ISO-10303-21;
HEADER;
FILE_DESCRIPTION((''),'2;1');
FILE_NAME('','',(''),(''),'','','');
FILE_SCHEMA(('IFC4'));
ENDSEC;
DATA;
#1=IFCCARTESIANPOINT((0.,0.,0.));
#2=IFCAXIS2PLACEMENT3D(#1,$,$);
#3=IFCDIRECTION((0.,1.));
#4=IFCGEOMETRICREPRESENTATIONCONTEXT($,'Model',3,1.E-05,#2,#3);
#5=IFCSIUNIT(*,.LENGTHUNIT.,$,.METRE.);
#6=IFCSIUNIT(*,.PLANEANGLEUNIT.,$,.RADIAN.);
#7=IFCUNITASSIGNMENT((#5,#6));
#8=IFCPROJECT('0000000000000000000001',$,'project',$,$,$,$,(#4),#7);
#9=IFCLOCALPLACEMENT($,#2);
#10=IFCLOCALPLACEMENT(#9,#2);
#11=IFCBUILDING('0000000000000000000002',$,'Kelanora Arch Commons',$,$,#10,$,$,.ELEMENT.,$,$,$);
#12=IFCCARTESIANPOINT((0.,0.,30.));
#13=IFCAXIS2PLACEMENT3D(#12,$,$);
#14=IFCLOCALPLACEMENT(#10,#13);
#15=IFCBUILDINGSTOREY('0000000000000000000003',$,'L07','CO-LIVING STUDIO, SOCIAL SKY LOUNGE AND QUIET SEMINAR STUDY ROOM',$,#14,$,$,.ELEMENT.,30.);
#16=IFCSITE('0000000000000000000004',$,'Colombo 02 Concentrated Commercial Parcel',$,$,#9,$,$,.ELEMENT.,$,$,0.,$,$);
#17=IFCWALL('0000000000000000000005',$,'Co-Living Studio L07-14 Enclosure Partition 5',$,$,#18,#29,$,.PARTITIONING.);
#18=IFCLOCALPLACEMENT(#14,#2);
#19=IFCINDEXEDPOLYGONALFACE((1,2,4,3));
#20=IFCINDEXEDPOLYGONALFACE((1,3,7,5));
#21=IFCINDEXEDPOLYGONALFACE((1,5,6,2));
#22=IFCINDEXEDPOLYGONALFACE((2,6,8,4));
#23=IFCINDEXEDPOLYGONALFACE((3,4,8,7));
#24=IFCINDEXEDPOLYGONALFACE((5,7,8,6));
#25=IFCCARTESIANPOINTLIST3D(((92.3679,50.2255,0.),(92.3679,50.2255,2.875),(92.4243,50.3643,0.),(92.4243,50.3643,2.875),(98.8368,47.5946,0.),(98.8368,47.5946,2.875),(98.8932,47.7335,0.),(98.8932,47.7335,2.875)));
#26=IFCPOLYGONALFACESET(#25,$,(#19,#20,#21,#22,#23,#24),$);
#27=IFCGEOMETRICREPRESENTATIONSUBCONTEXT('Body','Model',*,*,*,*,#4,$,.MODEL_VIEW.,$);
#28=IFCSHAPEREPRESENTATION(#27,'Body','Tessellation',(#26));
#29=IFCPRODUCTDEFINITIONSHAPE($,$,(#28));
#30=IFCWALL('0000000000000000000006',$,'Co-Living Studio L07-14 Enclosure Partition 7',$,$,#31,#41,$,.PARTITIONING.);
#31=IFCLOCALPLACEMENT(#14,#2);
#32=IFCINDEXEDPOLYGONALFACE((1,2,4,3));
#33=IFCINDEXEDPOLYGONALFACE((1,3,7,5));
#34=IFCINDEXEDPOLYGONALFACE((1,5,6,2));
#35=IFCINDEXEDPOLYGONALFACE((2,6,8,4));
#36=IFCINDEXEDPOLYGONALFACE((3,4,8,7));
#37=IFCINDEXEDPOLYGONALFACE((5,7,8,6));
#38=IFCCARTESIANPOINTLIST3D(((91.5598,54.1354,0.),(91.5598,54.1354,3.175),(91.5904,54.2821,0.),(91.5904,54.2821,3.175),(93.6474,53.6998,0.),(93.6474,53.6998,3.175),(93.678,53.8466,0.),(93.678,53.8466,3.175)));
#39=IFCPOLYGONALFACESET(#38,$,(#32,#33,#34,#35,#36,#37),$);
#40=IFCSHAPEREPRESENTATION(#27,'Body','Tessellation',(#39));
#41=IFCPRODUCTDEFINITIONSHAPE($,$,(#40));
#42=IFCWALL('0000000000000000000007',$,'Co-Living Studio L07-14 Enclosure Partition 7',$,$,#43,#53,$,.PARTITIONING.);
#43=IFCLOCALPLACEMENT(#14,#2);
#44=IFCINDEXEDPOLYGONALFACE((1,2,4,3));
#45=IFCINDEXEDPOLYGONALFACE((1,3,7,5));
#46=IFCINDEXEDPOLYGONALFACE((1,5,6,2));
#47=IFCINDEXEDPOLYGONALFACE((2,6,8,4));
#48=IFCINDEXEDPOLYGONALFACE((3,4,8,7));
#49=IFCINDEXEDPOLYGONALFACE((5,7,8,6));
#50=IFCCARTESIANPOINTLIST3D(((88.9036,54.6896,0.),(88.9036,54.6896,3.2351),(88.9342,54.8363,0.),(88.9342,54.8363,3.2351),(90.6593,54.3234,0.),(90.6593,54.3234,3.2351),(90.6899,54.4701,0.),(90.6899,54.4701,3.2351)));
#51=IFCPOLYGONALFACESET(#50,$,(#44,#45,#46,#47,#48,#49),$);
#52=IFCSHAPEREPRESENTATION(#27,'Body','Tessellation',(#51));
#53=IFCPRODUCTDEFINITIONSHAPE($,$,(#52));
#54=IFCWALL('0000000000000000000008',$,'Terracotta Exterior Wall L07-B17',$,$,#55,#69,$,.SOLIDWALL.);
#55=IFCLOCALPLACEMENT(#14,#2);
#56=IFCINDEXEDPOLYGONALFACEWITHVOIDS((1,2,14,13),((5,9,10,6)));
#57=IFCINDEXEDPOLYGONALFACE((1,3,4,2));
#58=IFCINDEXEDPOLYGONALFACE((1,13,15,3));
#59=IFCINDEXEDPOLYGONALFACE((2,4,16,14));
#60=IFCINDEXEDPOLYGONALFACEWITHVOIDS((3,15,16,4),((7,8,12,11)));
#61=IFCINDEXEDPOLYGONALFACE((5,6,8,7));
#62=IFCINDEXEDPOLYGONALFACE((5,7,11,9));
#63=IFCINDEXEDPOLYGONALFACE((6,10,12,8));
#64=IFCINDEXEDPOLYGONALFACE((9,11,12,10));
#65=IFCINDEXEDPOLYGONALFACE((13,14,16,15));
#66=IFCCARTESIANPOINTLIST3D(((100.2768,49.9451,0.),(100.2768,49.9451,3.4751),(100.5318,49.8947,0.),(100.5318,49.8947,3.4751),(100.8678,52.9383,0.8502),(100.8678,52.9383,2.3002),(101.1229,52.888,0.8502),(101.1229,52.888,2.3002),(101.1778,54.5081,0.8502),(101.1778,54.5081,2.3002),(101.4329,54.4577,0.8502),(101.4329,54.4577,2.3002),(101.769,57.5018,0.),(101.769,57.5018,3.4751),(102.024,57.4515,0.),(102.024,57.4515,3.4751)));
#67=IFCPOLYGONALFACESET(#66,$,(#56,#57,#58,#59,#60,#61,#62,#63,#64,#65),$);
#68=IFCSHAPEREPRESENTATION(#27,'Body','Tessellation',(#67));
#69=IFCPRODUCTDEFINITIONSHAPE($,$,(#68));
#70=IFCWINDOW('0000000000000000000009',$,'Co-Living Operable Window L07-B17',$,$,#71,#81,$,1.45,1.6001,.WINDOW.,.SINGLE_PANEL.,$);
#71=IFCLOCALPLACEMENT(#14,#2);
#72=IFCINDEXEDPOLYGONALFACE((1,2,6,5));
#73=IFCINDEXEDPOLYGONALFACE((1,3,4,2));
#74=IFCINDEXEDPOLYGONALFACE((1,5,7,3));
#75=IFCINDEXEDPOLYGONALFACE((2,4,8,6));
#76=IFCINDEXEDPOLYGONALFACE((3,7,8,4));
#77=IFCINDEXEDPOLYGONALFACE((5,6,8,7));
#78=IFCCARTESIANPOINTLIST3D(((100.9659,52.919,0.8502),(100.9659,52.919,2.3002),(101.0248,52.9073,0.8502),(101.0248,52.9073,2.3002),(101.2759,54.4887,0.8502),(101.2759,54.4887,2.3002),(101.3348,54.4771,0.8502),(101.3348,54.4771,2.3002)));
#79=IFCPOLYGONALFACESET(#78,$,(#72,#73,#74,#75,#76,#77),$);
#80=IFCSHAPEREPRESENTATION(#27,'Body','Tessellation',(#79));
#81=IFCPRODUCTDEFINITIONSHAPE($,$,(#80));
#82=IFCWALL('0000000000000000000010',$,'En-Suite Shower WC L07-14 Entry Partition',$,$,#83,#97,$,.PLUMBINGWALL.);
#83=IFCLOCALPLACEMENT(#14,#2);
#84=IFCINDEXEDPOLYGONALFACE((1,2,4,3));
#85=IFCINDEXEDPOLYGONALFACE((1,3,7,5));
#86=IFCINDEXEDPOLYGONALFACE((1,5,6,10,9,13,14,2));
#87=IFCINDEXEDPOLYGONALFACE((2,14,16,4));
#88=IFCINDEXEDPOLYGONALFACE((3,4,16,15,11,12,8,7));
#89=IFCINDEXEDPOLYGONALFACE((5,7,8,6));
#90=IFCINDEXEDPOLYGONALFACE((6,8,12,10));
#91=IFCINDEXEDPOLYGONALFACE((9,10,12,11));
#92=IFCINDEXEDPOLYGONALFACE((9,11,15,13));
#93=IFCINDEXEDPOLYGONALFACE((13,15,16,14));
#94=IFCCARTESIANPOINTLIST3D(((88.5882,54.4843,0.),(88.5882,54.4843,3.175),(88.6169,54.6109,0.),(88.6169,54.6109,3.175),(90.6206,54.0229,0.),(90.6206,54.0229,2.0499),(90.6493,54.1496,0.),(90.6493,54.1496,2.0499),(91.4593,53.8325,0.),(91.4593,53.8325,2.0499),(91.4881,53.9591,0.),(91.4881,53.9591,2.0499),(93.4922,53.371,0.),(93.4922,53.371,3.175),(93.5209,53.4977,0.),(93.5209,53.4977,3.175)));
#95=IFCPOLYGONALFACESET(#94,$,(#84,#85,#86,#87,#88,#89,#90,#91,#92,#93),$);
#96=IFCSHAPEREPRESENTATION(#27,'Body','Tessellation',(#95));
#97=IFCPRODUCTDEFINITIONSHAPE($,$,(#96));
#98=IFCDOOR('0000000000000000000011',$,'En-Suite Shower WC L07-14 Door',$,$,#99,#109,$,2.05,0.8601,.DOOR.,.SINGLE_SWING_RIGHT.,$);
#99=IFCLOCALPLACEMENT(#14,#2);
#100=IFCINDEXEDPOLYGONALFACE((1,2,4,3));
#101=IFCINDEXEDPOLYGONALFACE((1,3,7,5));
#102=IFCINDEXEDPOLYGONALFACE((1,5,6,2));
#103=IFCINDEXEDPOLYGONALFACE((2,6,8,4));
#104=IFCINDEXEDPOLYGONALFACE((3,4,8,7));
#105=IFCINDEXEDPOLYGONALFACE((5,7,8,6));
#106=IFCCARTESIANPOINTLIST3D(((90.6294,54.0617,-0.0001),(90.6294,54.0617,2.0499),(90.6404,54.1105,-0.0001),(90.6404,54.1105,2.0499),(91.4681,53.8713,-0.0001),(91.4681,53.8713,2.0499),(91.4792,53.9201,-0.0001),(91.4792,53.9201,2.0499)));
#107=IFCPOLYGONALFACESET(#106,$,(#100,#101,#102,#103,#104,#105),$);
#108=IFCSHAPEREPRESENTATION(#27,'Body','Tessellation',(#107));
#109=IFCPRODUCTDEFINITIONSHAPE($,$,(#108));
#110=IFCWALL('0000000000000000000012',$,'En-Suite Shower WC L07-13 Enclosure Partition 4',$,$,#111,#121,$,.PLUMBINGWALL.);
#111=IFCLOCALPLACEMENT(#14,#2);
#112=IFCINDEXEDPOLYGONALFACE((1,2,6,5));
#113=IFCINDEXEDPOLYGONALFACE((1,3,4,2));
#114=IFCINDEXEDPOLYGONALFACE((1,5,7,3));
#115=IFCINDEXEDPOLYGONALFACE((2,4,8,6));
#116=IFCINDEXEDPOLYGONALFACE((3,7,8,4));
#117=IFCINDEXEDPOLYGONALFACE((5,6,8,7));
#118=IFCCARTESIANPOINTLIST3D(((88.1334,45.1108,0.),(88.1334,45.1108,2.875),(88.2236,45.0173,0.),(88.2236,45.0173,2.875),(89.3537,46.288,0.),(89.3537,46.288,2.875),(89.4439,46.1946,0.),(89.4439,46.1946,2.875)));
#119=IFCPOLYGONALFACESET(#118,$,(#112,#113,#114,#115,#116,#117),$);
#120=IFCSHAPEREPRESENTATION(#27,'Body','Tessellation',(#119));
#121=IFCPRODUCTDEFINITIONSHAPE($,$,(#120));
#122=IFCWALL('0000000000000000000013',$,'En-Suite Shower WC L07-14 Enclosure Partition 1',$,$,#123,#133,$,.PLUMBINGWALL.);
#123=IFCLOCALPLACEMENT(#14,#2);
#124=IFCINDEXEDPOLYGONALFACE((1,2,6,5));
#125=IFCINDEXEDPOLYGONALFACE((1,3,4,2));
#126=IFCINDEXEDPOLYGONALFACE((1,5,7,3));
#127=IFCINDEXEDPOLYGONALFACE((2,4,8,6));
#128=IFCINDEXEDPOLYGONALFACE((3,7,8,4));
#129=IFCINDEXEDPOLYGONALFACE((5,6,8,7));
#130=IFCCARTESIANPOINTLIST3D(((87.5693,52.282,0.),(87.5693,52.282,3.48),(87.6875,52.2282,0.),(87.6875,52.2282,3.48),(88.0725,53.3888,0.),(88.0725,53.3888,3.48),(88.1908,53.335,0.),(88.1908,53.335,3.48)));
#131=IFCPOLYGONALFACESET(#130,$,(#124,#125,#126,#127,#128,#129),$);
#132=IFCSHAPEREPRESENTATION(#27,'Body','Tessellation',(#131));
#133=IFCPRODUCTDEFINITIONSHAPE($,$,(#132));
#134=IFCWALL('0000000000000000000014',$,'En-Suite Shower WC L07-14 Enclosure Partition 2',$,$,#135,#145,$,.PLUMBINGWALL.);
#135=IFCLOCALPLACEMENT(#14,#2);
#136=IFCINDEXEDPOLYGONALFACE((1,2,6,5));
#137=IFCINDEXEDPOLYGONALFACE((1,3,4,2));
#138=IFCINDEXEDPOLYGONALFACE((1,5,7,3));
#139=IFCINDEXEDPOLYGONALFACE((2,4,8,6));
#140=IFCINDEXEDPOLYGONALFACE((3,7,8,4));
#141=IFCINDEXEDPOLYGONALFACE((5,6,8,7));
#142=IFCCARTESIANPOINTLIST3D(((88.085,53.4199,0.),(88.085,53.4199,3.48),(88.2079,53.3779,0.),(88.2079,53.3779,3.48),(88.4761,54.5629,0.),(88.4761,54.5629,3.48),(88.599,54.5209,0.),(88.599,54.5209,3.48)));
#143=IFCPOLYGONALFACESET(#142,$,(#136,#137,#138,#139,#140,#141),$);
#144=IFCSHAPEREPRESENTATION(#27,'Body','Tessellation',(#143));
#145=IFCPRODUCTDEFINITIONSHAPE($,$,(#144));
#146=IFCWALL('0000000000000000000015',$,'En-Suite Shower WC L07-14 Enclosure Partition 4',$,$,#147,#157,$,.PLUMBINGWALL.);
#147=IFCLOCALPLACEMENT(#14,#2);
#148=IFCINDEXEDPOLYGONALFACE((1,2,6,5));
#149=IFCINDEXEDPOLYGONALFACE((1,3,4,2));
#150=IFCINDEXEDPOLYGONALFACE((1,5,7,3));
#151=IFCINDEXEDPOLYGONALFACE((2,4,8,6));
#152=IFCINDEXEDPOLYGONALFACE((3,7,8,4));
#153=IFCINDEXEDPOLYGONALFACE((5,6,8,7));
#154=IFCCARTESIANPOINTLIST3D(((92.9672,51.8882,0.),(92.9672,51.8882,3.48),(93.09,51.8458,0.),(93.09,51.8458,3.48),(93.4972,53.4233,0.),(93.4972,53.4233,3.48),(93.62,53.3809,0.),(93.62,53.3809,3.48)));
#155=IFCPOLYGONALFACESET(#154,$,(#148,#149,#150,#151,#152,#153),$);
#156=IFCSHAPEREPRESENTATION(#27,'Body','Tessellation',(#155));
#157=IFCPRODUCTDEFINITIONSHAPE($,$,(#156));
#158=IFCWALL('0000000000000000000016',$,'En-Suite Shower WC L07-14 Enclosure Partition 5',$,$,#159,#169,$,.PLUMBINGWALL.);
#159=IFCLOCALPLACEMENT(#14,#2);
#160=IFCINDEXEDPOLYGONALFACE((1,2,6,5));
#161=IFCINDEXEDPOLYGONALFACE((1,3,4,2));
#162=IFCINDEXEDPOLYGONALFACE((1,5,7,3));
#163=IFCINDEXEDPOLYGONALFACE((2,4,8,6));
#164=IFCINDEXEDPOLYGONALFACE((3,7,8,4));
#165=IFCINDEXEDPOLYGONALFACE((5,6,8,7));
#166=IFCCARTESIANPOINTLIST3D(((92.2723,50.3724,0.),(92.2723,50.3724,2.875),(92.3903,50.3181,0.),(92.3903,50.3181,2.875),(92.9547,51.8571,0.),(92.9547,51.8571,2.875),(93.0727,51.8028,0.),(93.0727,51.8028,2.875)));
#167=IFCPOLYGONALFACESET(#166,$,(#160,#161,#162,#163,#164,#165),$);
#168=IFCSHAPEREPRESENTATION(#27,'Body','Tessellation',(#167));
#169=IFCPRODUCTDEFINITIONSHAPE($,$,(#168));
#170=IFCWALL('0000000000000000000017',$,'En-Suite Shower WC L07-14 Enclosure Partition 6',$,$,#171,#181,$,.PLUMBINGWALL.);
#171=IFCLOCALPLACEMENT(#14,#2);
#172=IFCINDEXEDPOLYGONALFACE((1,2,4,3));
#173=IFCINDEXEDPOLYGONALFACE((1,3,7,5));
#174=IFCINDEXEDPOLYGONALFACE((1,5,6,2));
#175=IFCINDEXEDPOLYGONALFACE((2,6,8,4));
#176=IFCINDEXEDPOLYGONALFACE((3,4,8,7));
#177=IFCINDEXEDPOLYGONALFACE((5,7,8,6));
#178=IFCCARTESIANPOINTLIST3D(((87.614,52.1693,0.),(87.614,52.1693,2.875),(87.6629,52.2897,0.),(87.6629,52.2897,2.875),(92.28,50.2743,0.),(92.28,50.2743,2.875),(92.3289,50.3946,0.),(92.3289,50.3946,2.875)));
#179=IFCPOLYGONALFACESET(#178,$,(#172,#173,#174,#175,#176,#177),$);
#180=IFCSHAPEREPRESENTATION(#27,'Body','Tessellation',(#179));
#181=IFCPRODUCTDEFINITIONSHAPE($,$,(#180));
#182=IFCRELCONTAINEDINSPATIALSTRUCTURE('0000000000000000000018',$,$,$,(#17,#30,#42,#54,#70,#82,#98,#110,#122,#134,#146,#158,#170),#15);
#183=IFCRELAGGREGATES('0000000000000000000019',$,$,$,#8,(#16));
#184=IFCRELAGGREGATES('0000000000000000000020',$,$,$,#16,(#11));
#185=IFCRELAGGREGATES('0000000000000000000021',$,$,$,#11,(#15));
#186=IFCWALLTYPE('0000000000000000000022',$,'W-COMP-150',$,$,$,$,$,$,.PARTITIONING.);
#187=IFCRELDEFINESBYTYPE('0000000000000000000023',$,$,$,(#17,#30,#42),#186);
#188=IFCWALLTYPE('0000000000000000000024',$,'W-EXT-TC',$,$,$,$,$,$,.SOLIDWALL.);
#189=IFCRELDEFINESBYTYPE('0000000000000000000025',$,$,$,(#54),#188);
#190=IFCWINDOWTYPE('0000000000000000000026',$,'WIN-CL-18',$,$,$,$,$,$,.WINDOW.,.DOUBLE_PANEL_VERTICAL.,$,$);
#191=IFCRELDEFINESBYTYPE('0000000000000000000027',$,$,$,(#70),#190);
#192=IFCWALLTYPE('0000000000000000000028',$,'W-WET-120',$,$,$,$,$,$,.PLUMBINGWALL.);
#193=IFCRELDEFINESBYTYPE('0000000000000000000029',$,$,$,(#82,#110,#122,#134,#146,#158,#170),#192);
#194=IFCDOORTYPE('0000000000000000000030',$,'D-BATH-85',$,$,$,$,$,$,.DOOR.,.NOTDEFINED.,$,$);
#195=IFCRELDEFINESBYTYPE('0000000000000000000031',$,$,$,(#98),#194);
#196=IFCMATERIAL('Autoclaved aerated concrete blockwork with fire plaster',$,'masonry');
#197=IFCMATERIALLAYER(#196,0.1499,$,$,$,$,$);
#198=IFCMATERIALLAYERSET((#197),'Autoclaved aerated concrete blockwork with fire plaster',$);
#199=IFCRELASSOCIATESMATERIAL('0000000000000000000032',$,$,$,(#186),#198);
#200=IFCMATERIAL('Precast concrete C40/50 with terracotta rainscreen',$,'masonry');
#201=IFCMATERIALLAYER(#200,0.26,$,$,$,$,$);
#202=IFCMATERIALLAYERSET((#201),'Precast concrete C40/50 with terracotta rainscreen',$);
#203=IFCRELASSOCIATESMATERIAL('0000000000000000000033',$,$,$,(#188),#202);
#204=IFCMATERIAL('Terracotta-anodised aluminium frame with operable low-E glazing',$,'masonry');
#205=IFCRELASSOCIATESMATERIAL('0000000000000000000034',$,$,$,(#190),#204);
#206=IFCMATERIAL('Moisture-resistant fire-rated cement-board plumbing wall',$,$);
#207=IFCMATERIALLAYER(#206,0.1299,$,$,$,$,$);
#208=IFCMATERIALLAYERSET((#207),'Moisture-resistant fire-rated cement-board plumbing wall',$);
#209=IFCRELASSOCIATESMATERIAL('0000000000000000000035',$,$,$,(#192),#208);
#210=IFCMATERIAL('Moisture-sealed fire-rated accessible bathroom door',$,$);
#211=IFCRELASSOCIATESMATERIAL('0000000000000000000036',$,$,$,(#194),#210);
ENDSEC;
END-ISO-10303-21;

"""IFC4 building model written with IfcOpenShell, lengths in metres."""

from ifc_helpers import new_model, si_unit, direction, frame, frame_2d, origin, place, context, subcontext, project, spatial, rectangle, extrude, material, layer, layer_set, type_object, element, fill, save


model = new_model("IFC4")

# Units and contexts
model_context = context("Model", 3, precision=1e-05, world=origin(), true_north=direction((0.0, 1.0)))
body_context = subcontext(model_context, "Body", "Model", "MODEL_VIEW")
ifc_project = project(units=[si_unit("LENGTHUNIT", "METRE"), si_unit("PLANEANGLEUNIT", "RADIAN")], contexts=[model_context])

# Site, building, storey
site_placement = place(None, origin())
site = spatial("IfcSite", under=ifc_project, at=site_placement, Name="Colombo 02 Concentrated Commercial Parcel", CompositionType="ELEMENT", RefElevation=0.0)
building_placement = place(site_placement, origin())
building = spatial("IfcBuilding", under=site, at=building_placement, Name="Kelanora Arch Commons", CompositionType="ELEMENT")
storey_placement = place(building_placement, frame((0.0, 0.0, 30.0)))
storey = spatial("IfcBuildingStorey", under=building, at=storey_placement, Name="L07", Description="CO-LIVING STUDIO, SOCIAL SKY LOUNGE AND QUIET SEMINAR STUDY ROOM", CompositionType="ELEMENT", Elevation=30.0)

# Shared definitions
ifc_material_1 = material(Name="Autoclaved aerated concrete blockwork with fire plaster", Category="masonry")
ifc_layer_1 = layer(ifc_material_1, 0.1499)
ifc_layer_set_1 = layer_set([ifc_layer_1], Name="Autoclaved aerated concrete blockwork with fire plaster")
wall_type_1 = type_object("IfcWallType", Name="W-COMP-150", PredefinedType="PARTITIONING", material=ifc_layer_set_1)

# Walls
wall_1_placement = place(storey_placement, frame((98.865, 47.6641, 0.0), z_axis=(0.0, 0.0, 1.0), x_axis=(-0.926325, 0.376725, 0.0)))
element("IfcWall", 1, at=wall_1_placement, inside=storey, type_object=wall_type_1, Name="Co-Living Studio L07-14 Enclosure Partition 5", PredefinedType="PARTITIONING", context=body_context, shape_type="SweptSolid", body=[
    extrude(rectangle(XDim=6.9834, YDim=0.1499, at=frame_2d((3.4917, 0.0))), origin(), (0.0, 0.0, 1.0), 2.875),
])
wall_2_placement = place(storey_placement, frame((93.6628, 53.7732, 0.0), z_axis=(0.0, 0.0, 1.0), x_axis=(-0.978922, 0.204233, 0.0)))
element("IfcWall", 2, at=wall_2_placement, inside=storey, type_object=wall_type_1, Name="Co-Living Studio L07-14 Enclosure Partition 7", PredefinedType="PARTITIONING", context=body_context, shape_type="SweptSolid", body=[
    extrude(rectangle(XDim=2.1326, YDim=0.1499, at=frame_2d((1.0664, 0.0))), origin(), (0.0, 0.0, 1.0), 3.175),
])
wall_3_placement = place(storey_placement, frame((90.6746, 54.3967, 0.0), z_axis=(0.0, 0.0, 1.0), x_axis=(-0.978929, 0.204199, 0.0)))
element("IfcWall", 3, at=wall_3_placement, inside=storey, type_object=wall_type_1, Name="Co-Living Studio L07-14 Enclosure Partition 7", PredefinedType="PARTITIONING", context=body_context, shape_type="SweptSolid", body=[
    extrude(rectangle(XDim=1.7935, YDim=0.1499, at=frame_2d((0.8967, 0.0))), origin(), (0.0, 0.0, 1.0), 3.2351),
])

# Wall, opening, window
ifc_material_2 = material(Name="Precast concrete C40/50 with terracotta rainscreen", Category="masonry")
ifc_layer_2 = layer(ifc_material_2, 0.26)
ifc_layer_set_2 = layer_set([ifc_layer_2], Name="Precast concrete C40/50 with terracotta rainscreen")
wall_type_2 = type_object("IfcWallType", Name="W-EXT-TC", PredefinedType="SOLIDWALL", material=ifc_layer_set_2)
wall_4_placement = place(storey_placement, frame((100.4043, 49.9199, 0.0), z_axis=(0.0, 0.0, 1.0), x_axis=(0.193726, 0.981056, 0.0)))
wall_4 = element("IfcWall", 4, at=wall_4_placement, inside=storey, type_object=wall_type_2, Name="Terracotta Exterior Wall L07-B17", PredefinedType="SOLIDWALL", context=body_context, shape_type="SweptSolid", body=[
    extrude(rectangle(XDim=7.7026, YDim=0.26, at=frame_2d((3.8513, 0.0))), origin(), (0.0, 0.0, 1.0), 3.4751),
])
opening_1_placement = place(wall_4_placement, frame((3.051, 0.0, 0.8501)))
opening_1 = element("IfcOpeningElement", 5, at=opening_1_placement, cuts=wall_4, PredefinedType="OPENING", context=body_context, shape_type="SweptSolid", body=[
    extrude(rectangle(XDim=1.6001, YDim=1.45, at=frame_2d((0.8, 0.7251))), frame((0.0, 0.1401, 0.0), z_axis=(0.0, -1.0, 0.0), x_axis=(1.0, 0.0, 0.0)), (0.0, 0.0, 1.0), 0.28),
])
ifc_material_3 = material(Name="Terracotta-anodised aluminium frame with operable low-E glazing", Category="masonry")
window_type = type_object("IfcWindowType", Name="WIN-CL-18", PartitioningType="DOUBLE_PANEL_VERTICAL", PredefinedType="WINDOW", material=ifc_material_3)
window_placement = place(opening_1_placement, origin())
window = element("IfcWindow", 6, at=window_placement, inside=storey, type_object=window_type, Name="Co-Living Operable Window L07-B17", OverallHeight=1.45, OverallWidth=1.6001, PartitioningType="SINGLE_PANEL", PredefinedType="WINDOW", context=body_context, shape_type="SweptSolid", body=[
    extrude(rectangle(XDim=1.6001, YDim=1.45, at=frame_2d((0.8, 0.7251))), frame((0.0, 0.03, 0.0), z_axis=(0.0, -1.0, 0.0), x_axis=(1.0, 0.0, 0.0)), (0.0, 0.0, 1.0), 0.0601),
])
fill(opening_1, window)

# Wall, opening, door
ifc_material_4 = material(Name="Moisture-resistant fire-rated cement-board plumbing wall")
ifc_layer_3 = layer(ifc_material_4, 0.1299)
ifc_layer_set_3 = layer_set([ifc_layer_3], Name="Moisture-resistant fire-rated cement-board plumbing wall")
wall_type_3 = type_object("IfcWallType", Name="W-WET-120", PredefinedType="PLUMBINGWALL", material=ifc_layer_set_3)
wall_5_placement = place(storey_placement, frame((88.6025, 54.5476, 0.0), z_axis=(0.0, 0.0, 1.0), x_axis=(0.975188, -0.22138, 0.0)))
wall_5 = element("IfcWall", 7, at=wall_5_placement, inside=storey, type_object=wall_type_3, Name="En-Suite Shower WC L07-14 Entry Partition", PredefinedType="PLUMBINGWALL", context=body_context, shape_type="SweptSolid", body=[
    extrude(rectangle(XDim=5.0288, YDim=0.1299, at=frame_2d((2.5144, 0.0))), origin(), (0.0, 0.0, 1.0), 3.175),
])
opening_2_placement = place(wall_5_placement, frame((2.084, 0.0, 0.0)))
opening_2 = element("IfcOpeningElement", 8, at=opening_2_placement, cuts=wall_5, PredefinedType="OPENING", context=body_context, shape_type="SweptSolid", body=[
    extrude(rectangle(XDim=0.8601, YDim=2.05, at=frame_2d((0.4302, 1.0249))), frame((0.0, 0.075, 0.0), z_axis=(0.0, -1.0, 0.0), x_axis=(1.0, 0.0, 0.0)), (0.0, 0.0, 1.0), 0.1499),
])
ifc_material_5 = material(Name="Moisture-sealed fire-rated accessible bathroom door")
door_type_1 = type_object("IfcDoorType", Name="D-BATH-85", OperationType="NOTDEFINED", PredefinedType="DOOR", material=ifc_material_5)
door_1_placement = place(opening_2_placement, origin())
door_1 = element("IfcDoor", 9, at=door_1_placement, inside=storey, type_object=door_type_1, Name="En-Suite Shower WC L07-14 Door", OperationType="SINGLE_SWING_RIGHT", OverallHeight=2.05, OverallWidth=0.8601, PredefinedType="DOOR", context=body_context, shape_type="SweptSolid", body=[
    extrude(rectangle(XDim=0.8601, YDim=2.05, at=frame_2d((0.4302, 1.0249))), frame((0.0, 0.0249, 0.0), z_axis=(0.0, -1.0, 0.0), x_axis=(1.0, 0.0, 0.0)), (0.0, 0.0, 1.0), 0.05),
])
fill(opening_2, door_1)

# Walls
wall_6_placement = place(storey_placement, frame((89.3987, 46.2412, 0.0), z_axis=(0.0, 0.0, 1.0), x_axis=(-0.719664, -0.694322, 0.0)))
element("IfcWall", 10, at=wall_6_placement, inside=storey, type_object=wall_type_3, Name="En-Suite Shower WC L07-13 Enclosure Partition 4", PredefinedType="PLUMBINGWALL", context=body_context, shape_type="SweptSolid", body=[
    extrude(rectangle(XDim=1.6956, YDim=0.1299, at=frame_2d((0.8477, 0.0))), origin(), (0.0, 0.0, 1.0), 2.875),
])
wall_7_placement = place(storey_placement, frame((87.6284, 52.2551, 0.0), z_axis=(0.0, 0.0, 1.0), x_axis=(0.413894, 0.910325, 0.0)))
element("IfcWall", 11, at=wall_7_placement, inside=storey, type_object=wall_type_3, Name="En-Suite Shower WC L07-14 Enclosure Partition 1", PredefinedType="PLUMBINGWALL", context=body_context, shape_type="SweptSolid", body=[
    extrude(rectangle(XDim=1.2158, YDim=0.1299, at=frame_2d((0.6079, 0.0))), origin(), (0.0, 0.0, 1.0), 3.48),
])
wall_8_placement = place(storey_placement, frame((88.1465, 53.3989, 0.0), z_axis=(0.0, 0.0, 1.0), x_axis=(0.323735, 0.946148, 0.0)))
element("IfcWall", 12, at=wall_8_placement, inside=storey, type_object=wall_type_3, Name="En-Suite Shower WC L07-14 Enclosure Partition 2", PredefinedType="PLUMBINGWALL", context=body_context, shape_type="SweptSolid", body=[
    extrude(rectangle(XDim=1.208, YDim=0.1299, at=frame_2d((0.604, 0.0))), origin(), (0.0, 0.0, 1.0), 3.48),
])
wall_9_placement = place(storey_placement, frame((93.5586, 53.4021, 0.0), z_axis=(0.0, 0.0, 1.0), x_axis=(-0.326357, -0.945247, 0.0)))
element("IfcWall", 13, at=wall_9_placement, inside=storey, type_object=wall_type_3, Name="En-Suite Shower WC L07-14 Enclosure Partition 4", PredefinedType="PLUMBINGWALL", context=body_context, shape_type="SweptSolid", body=[
    extrude(rectangle(XDim=1.624, YDim=0.1299, at=frame_2d((0.812, 0.0))), origin(), (0.0, 0.0, 1.0), 3.48),
])
wall_10_placement = place(storey_placement, frame((93.0137, 51.8298, 0.0), z_axis=(0.0, 0.0, 1.0), x_axis=(-0.417627, -0.908619, 0.0)))
element("IfcWall", 14, at=wall_10_placement, inside=storey, type_object=wall_type_3, Name="En-Suite Shower WC L07-14 Enclosure Partition 5", PredefinedType="PLUMBINGWALL", context=body_context, shape_type="SweptSolid", body=[
    extrude(rectangle(XDim=1.634, YDim=0.1299, at=frame_2d((0.8169, 0.0))), origin(), (0.0, 0.0, 1.0), 2.875),
])
wall_11_placement = place(storey_placement, frame((92.3044, 50.3345, 0.0), z_axis=(0.0, 0.0, 1.0), x_axis=(-0.926505, 0.376283, 0.0)))
element("IfcWall", 15, at=wall_11_placement, inside=storey, type_object=wall_type_3, Name="En-Suite Shower WC L07-14 Enclosure Partition 6", PredefinedType="PLUMBINGWALL", context=body_context, shape_type="SweptSolid", body=[
    extrude(rectangle(XDim=5.0361, YDim=0.1299, at=frame_2d((2.5181, 0.0))), origin(), (0.0, 0.0, 1.0), 2.875),
])

save(model, "model.ifc")
